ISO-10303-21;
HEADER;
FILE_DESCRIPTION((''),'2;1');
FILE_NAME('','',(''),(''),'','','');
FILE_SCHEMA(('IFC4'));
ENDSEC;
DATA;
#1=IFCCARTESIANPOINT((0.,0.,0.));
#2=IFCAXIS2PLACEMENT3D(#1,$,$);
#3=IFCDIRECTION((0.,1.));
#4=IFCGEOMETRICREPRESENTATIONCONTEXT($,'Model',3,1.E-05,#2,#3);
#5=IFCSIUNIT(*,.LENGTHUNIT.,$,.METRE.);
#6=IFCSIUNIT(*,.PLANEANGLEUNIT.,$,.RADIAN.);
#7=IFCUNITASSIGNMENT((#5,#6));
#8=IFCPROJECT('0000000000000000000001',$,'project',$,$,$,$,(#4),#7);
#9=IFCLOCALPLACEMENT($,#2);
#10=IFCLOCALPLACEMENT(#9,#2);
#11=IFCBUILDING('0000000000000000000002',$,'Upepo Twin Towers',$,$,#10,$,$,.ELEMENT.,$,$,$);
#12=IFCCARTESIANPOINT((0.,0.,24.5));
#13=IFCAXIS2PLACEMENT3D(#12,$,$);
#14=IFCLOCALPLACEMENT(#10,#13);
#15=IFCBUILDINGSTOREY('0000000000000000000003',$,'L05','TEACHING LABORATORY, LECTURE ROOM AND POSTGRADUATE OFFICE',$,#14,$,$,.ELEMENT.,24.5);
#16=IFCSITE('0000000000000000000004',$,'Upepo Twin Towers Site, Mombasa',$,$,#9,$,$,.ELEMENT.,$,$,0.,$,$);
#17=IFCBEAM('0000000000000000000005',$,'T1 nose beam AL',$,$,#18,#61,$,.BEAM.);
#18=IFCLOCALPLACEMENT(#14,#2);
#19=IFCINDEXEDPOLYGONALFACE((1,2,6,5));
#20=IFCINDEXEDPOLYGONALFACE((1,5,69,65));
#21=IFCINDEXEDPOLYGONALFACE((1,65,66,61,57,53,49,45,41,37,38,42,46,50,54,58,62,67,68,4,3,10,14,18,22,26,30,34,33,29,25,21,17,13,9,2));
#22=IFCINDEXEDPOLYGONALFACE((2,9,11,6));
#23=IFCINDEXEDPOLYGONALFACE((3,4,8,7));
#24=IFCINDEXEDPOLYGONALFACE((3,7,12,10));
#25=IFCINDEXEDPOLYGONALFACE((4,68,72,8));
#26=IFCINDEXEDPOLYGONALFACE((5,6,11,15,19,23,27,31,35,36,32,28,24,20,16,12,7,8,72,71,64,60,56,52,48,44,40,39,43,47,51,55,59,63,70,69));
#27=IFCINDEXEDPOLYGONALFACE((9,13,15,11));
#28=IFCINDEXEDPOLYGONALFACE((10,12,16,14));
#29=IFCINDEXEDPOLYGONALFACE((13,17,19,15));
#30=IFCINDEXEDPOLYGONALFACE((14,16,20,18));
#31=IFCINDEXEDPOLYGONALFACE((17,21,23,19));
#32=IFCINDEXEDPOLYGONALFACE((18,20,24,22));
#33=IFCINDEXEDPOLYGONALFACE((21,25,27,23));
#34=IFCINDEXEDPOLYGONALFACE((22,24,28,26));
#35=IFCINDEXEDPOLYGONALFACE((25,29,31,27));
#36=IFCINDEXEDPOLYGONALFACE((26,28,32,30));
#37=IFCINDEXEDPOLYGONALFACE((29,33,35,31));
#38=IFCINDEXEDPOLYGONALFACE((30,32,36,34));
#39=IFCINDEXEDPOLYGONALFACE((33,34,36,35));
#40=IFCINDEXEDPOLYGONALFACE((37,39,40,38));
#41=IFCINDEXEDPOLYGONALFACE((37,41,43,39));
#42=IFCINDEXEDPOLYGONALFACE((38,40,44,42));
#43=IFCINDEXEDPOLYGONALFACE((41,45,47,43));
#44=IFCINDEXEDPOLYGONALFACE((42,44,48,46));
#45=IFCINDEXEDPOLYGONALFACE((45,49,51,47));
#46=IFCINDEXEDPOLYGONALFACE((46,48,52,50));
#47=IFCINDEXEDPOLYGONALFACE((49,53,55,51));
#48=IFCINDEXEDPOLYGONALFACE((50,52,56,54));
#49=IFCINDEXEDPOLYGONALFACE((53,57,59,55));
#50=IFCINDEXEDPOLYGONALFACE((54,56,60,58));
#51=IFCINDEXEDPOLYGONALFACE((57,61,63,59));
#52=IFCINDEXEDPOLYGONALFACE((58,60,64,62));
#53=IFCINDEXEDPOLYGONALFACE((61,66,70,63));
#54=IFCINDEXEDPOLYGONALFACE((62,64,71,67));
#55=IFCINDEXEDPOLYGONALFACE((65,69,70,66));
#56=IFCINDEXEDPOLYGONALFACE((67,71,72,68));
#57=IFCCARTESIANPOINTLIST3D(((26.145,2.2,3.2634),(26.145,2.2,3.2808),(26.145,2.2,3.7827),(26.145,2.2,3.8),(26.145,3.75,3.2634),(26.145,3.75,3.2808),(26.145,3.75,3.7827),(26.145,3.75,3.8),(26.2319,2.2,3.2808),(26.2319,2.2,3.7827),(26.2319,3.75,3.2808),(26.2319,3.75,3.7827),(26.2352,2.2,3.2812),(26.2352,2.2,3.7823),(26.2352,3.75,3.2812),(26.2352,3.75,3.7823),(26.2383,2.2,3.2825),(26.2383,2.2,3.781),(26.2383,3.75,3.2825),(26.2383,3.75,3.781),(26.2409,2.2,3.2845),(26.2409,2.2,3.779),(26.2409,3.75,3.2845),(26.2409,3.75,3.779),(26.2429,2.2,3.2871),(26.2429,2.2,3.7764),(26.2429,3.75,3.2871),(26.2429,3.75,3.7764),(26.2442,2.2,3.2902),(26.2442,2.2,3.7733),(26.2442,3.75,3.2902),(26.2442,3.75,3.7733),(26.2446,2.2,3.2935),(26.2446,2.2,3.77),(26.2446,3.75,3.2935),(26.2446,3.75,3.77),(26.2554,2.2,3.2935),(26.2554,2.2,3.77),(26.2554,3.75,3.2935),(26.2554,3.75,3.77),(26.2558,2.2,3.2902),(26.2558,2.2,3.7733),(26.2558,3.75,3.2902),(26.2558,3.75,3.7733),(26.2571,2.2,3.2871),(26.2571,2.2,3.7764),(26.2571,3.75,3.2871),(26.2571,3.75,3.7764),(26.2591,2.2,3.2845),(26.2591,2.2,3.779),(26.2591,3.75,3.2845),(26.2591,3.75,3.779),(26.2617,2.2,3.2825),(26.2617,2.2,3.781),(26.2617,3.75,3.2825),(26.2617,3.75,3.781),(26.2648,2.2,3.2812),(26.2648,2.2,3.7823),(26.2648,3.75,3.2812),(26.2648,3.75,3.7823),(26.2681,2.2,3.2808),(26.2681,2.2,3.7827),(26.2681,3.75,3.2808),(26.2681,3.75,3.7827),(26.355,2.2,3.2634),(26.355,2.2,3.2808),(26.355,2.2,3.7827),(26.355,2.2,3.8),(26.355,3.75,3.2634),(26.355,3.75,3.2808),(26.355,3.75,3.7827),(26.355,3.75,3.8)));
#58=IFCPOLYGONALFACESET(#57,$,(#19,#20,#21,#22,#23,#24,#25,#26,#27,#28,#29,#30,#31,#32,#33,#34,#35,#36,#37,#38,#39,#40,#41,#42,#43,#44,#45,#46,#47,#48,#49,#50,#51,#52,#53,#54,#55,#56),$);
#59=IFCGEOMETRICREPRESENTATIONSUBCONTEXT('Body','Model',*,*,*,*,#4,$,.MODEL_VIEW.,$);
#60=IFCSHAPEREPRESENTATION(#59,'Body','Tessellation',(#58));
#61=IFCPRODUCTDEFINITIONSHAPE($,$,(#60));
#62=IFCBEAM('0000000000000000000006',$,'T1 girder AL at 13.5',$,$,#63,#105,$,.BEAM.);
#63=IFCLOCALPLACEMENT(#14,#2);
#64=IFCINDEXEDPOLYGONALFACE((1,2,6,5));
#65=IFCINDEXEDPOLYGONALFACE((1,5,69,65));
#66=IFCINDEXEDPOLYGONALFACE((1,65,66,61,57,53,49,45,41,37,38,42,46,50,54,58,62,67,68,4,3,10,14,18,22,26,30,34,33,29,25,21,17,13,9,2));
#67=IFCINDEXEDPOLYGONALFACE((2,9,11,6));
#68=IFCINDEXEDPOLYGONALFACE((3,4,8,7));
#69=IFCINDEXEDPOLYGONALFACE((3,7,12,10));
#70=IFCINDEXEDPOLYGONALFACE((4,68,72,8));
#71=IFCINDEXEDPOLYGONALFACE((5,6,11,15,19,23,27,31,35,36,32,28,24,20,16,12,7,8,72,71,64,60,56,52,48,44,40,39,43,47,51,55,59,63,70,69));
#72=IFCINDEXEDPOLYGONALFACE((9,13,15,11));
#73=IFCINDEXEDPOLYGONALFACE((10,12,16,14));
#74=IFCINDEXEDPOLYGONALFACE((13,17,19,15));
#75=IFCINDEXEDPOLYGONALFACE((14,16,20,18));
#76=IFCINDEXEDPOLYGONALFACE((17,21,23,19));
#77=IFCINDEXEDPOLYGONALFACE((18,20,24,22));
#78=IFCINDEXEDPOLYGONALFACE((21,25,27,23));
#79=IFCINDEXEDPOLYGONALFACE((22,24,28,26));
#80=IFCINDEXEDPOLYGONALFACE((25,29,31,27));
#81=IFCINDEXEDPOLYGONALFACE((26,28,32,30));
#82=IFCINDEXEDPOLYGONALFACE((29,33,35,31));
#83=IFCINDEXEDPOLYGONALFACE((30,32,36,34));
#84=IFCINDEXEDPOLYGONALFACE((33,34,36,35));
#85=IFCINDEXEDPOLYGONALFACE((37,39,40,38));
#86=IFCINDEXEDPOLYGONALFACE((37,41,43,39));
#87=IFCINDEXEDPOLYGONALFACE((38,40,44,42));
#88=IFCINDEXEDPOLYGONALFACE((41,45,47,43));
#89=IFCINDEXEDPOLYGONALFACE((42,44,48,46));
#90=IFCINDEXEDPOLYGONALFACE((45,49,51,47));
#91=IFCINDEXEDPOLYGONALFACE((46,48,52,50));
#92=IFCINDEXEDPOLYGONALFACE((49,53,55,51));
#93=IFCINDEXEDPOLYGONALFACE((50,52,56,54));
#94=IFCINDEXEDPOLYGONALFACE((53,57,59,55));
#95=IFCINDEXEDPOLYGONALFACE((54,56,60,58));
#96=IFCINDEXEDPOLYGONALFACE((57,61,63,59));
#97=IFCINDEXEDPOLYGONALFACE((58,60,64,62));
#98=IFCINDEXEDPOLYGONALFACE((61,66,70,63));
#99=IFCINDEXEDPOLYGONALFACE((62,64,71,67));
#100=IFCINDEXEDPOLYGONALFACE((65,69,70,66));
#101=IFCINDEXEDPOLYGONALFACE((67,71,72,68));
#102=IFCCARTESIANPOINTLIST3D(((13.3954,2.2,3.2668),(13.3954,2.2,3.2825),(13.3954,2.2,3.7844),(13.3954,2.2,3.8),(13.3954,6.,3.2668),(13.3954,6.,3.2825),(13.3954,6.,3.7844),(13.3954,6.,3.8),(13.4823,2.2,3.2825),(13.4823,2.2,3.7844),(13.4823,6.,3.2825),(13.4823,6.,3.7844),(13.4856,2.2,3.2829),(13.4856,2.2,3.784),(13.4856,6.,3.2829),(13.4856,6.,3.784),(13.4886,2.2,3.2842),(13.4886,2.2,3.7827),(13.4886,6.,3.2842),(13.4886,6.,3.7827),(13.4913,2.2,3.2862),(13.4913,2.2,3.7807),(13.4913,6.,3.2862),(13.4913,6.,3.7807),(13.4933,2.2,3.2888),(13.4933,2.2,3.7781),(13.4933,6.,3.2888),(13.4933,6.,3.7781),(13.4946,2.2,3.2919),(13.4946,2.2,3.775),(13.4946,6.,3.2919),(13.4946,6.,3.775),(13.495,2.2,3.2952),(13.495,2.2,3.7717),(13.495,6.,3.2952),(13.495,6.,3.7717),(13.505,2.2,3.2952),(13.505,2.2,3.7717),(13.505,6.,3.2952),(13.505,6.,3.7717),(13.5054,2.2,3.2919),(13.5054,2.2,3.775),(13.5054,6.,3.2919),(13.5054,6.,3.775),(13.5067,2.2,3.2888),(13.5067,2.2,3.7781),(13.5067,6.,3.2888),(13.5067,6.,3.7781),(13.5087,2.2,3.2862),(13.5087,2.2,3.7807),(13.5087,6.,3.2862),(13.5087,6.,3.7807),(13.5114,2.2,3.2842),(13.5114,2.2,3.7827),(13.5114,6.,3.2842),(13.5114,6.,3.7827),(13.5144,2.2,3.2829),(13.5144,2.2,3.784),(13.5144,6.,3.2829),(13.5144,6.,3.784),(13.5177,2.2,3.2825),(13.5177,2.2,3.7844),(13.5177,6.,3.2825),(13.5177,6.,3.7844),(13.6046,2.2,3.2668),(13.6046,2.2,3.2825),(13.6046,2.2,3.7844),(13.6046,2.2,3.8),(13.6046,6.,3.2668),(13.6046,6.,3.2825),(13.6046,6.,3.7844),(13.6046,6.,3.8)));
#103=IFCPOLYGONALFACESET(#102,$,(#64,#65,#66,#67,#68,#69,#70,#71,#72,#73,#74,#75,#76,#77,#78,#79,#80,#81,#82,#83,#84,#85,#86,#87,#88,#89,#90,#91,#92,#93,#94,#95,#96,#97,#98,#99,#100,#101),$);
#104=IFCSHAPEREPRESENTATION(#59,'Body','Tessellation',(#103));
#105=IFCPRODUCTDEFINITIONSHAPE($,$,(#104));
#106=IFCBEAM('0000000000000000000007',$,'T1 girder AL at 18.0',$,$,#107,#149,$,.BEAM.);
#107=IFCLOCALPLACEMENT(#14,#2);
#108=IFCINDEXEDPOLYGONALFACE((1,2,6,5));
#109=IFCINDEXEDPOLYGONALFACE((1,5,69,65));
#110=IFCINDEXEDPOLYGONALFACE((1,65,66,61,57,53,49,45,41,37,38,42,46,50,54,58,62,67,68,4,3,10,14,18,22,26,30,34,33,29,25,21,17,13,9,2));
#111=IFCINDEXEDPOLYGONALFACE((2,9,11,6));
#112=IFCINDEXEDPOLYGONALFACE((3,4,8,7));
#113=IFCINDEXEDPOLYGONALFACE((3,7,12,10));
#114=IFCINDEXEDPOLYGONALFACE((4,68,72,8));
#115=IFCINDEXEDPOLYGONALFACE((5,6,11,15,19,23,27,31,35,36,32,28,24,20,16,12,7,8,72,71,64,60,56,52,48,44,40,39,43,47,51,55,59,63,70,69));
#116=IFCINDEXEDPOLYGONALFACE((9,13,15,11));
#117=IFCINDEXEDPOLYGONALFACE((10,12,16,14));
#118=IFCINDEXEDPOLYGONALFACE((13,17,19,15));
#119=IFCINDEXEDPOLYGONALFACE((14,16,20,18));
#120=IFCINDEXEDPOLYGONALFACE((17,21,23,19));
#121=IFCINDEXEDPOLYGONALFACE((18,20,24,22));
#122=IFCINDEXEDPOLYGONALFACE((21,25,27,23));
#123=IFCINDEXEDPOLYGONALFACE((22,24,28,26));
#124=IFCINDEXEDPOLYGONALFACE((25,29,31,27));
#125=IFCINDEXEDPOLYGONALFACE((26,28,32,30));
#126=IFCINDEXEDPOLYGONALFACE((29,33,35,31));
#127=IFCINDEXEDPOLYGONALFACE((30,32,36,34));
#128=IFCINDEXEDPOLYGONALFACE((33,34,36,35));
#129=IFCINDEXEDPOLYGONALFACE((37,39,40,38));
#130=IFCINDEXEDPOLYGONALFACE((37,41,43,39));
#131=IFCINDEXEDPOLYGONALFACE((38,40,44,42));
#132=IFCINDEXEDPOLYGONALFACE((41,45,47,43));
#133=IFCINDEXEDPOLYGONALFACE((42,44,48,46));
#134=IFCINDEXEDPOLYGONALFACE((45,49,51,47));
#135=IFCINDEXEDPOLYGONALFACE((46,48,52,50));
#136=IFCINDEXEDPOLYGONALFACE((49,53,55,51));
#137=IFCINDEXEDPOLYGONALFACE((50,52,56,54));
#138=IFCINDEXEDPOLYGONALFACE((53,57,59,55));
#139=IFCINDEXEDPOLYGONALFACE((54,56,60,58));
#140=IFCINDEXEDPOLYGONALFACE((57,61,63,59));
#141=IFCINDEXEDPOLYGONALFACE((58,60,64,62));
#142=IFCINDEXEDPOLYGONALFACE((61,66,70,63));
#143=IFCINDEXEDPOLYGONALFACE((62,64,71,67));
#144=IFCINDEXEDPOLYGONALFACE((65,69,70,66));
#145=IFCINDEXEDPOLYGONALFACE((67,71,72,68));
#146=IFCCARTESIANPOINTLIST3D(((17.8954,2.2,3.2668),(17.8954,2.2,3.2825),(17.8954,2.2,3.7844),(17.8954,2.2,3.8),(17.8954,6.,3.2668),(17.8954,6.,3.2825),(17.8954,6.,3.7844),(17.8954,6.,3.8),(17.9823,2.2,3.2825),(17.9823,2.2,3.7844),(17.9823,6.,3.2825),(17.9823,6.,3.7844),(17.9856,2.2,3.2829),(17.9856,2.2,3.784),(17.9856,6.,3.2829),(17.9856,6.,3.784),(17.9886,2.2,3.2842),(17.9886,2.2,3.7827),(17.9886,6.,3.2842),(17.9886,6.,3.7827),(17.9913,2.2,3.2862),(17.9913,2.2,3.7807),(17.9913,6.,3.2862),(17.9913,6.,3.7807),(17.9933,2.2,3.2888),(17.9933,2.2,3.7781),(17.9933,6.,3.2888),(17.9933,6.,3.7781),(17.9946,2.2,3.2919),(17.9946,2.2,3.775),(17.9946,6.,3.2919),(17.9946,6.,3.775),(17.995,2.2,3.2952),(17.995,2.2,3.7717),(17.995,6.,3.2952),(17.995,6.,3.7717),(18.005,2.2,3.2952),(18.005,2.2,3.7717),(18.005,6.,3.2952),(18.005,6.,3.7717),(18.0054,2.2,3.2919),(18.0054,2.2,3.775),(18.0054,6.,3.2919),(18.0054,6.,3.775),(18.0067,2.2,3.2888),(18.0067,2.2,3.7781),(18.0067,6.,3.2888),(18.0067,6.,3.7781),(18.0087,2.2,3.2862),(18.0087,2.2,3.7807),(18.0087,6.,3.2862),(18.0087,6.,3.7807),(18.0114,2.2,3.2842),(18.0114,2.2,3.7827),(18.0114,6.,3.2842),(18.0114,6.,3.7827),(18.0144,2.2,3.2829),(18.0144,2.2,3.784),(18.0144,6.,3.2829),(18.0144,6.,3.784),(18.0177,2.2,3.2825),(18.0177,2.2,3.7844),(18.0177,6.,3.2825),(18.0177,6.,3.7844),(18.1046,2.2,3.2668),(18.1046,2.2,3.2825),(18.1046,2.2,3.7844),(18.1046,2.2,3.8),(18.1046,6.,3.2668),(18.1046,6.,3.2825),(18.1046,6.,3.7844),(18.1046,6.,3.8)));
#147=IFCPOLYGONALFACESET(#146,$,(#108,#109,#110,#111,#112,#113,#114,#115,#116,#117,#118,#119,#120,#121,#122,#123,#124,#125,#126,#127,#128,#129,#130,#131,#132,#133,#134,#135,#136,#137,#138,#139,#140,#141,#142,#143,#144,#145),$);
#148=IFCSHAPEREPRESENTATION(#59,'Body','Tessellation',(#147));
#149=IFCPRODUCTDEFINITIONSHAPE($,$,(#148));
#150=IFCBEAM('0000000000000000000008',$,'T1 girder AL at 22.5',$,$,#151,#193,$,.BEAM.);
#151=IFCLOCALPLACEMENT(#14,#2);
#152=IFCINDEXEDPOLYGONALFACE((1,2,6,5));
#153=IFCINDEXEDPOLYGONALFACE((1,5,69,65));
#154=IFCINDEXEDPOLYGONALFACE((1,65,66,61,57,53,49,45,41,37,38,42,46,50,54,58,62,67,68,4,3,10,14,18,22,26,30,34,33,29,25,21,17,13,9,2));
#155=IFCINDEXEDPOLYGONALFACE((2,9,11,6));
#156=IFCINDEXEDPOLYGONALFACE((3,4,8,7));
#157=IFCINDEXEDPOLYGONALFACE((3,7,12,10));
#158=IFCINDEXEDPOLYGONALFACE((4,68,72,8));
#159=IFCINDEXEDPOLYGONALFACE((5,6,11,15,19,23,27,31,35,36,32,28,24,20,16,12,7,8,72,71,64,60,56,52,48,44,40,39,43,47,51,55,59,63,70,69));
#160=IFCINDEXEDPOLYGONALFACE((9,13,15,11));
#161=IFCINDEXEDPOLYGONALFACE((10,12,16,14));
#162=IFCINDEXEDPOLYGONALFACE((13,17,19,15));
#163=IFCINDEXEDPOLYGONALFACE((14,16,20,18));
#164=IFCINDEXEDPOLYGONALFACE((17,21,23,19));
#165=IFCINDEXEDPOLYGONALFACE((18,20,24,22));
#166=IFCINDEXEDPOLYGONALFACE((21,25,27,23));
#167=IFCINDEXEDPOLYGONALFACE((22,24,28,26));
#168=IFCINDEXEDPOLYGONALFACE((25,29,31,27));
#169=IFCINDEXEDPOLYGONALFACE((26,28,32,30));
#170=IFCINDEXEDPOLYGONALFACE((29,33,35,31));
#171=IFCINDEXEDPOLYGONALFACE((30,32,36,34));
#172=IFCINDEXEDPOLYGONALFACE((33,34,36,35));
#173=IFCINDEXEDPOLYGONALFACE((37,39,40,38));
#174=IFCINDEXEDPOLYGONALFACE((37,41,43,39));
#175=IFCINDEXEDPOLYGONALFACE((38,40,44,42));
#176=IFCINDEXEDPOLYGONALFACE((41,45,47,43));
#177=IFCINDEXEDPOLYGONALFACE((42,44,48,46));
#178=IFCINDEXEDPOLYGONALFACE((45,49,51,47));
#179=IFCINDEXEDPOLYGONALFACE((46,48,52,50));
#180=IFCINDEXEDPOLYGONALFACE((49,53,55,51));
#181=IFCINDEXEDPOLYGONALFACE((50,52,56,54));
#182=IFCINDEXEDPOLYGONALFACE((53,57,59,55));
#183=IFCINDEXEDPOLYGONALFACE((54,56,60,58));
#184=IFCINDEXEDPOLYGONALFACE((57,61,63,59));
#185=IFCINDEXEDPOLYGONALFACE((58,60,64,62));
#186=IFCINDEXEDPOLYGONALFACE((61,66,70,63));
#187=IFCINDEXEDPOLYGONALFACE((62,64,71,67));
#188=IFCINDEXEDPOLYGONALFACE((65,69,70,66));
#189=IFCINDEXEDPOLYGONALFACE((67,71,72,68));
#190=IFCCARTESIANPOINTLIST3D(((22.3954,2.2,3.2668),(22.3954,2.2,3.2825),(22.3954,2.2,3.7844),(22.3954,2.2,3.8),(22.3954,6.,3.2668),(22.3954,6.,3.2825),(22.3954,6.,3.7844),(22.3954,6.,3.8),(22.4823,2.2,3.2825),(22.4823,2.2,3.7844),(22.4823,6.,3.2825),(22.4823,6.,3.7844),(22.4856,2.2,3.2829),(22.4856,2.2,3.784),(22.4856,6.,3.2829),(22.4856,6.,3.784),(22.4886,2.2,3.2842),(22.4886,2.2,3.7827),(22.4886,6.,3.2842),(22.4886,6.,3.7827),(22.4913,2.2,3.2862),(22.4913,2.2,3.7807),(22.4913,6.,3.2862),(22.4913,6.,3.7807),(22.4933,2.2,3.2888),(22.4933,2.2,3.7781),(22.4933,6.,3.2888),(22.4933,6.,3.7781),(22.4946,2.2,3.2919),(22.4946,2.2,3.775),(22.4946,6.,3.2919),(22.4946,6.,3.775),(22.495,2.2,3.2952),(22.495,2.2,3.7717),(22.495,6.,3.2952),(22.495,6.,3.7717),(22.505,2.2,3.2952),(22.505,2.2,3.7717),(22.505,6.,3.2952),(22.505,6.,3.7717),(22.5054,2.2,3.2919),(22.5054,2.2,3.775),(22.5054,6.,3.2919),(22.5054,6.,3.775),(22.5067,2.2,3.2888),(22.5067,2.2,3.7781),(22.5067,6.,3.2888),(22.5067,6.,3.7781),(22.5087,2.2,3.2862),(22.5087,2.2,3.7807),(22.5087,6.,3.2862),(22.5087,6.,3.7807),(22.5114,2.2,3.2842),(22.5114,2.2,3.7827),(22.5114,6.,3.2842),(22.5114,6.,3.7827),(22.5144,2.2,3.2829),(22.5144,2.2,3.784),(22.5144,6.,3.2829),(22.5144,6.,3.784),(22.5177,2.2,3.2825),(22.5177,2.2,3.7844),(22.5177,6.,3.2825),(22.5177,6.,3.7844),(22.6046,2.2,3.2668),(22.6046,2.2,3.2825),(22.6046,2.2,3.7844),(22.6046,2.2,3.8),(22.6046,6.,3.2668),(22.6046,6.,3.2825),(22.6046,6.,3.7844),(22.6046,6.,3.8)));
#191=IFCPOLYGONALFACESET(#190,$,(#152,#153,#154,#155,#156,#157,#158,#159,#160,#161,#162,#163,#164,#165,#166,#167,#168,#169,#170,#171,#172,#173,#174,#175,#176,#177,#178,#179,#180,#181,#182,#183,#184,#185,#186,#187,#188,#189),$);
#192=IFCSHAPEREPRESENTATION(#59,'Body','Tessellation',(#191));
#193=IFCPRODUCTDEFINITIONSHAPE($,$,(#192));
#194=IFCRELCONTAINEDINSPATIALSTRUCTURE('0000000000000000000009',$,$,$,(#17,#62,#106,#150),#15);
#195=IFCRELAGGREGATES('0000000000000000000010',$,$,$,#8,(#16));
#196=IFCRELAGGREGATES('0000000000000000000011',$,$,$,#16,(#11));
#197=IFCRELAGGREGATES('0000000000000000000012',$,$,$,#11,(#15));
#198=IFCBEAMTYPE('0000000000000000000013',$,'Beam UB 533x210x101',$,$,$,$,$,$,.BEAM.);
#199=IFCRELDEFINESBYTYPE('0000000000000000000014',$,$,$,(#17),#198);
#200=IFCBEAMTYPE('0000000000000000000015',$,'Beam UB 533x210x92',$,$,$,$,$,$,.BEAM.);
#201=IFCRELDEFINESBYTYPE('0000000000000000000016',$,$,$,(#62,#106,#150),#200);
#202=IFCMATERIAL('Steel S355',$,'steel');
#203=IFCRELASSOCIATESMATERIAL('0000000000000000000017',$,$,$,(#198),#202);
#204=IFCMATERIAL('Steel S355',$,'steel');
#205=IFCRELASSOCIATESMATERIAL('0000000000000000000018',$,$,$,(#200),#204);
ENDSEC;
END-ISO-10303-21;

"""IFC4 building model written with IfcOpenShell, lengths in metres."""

from ifc_helpers import new_model, si_unit, direction, frame, origin, origin_2d, place, context, subcontext, project, spatial, i_section, extrude, material, material_profile, profile_set, type_object, element, save


model = new_model("IFC4")

# Units and contexts
model_context = context("Model", 3, precision=1e-05, world=origin(), true_north=direction((0.0, 1.0)))
body_context = subcontext(model_context, "Body", "Model", "MODEL_VIEW")
ifc_project = project(units=[si_unit("LENGTHUNIT", "METRE"), si_unit("PLANEANGLEUNIT", "RADIAN")], contexts=[model_context])

# Site, building, storey
site_placement = place(None, origin())
site = spatial("IfcSite", under=ifc_project, at=site_placement, Name="Upepo Twin Towers Site, Mombasa", CompositionType="ELEMENT", RefElevation=0.0)
building_placement = place(site_placement, origin())
building = spatial("IfcBuilding", under=site, at=building_placement, Name="Upepo Twin Towers", CompositionType="ELEMENT")
storey_placement = place(building_placement, frame((0.0, 0.0, 24.5)))
storey = spatial("IfcBuildingStorey", under=building, at=storey_placement, Name="L05", Description="TEACHING LABORATORY, LECTURE ROOM AND POSTGRADUATE OFFICE", CompositionType="ELEMENT", Elevation=24.5)

# Beams
ifc_material_1 = material(Name="Steel S355", Category="steel")
ifc_material_profile_1 = material_profile(ifc_material_1, i_section(OverallWidth=0.21, OverallDepth=0.5366, WebThickness=0.0107, FlangeThickness=0.0173, FilletRadius=0.0127, at=origin_2d()), Name="UB 533x210x101")
ifc_profile_set_1 = profile_set([ifc_material_profile_1], Name="Steel S355")
beam_type_1 = type_object("IfcBeamType", Name="Beam UB 533x210x101", PredefinedType="BEAM", material=ifc_profile_set_1)
beam_1_placement = place(storey_placement, frame((26.25, 3.75, 3.5317), z_axis=(0.0, -1.0, 0.0), x_axis=(1.0, 0.0, 0.0)))
element("IfcBeam", 1, at=beam_1_placement, inside=storey, type_object=beam_type_1, Name="T1 nose beam AL", PredefinedType="BEAM", context=body_context, shape_type="SweptSolid", body=[
    extrude(i_section(OverallWidth=0.21, OverallDepth=0.5366, WebThickness=0.0107, FlangeThickness=0.0173, FilletRadius=0.0127, at=origin_2d()), origin(), (0.0, 0.0, 1.0), 1.55),
])
ifc_material_2 = material(Name="Steel S355", Category="steel")
ifc_material_profile_2 = material_profile(ifc_material_2, i_section(OverallWidth=0.2092, OverallDepth=0.5332, WebThickness=0.01, FlangeThickness=0.0156, FilletRadius=0.0127, at=origin_2d()), Name="UB 533x210x92")
ifc_profile_set_2 = profile_set([ifc_material_profile_2], Name="Steel S355")
beam_type_2 = type_object("IfcBeamType", Name="Beam UB 533x210x92", PredefinedType="BEAM", material=ifc_profile_set_2)
for number, where, z_axis, x_axis, name in (
    (2, (13.5, 6.0, 3.5334), (0.0, -1.0, 0.0), (1.0, 0.0, 0.0), "T1 girder AL at 13.5"),
    (3, (18.0, 6.0, 3.5334), (0.0, -1.0, 0.0), (1.0, 0.0, 0.0), "T1 girder AL at 18.0"),
    (4, (22.5, 6.0, 3.5334), (0.0, -1.0, 0.0), (1.0, 0.0, 0.0), "T1 girder AL at 22.5"),
):
    element("IfcBeam", number, at=place(storey_placement, frame(where, z_axis=z_axis, x_axis=x_axis)), inside=storey, type_object=beam_type_2, Name=name, PredefinedType="BEAM", context=body_context, shape_type="SweptSolid", body=[
        extrude(i_section(OverallWidth=0.2092, OverallDepth=0.5332, WebThickness=0.01, FlangeThickness=0.0156, FilletRadius=0.0127, at=origin_2d()), origin(), (0.0, 0.0, 1.0), 3.8),
    ])

save(model, "model.ifc")
